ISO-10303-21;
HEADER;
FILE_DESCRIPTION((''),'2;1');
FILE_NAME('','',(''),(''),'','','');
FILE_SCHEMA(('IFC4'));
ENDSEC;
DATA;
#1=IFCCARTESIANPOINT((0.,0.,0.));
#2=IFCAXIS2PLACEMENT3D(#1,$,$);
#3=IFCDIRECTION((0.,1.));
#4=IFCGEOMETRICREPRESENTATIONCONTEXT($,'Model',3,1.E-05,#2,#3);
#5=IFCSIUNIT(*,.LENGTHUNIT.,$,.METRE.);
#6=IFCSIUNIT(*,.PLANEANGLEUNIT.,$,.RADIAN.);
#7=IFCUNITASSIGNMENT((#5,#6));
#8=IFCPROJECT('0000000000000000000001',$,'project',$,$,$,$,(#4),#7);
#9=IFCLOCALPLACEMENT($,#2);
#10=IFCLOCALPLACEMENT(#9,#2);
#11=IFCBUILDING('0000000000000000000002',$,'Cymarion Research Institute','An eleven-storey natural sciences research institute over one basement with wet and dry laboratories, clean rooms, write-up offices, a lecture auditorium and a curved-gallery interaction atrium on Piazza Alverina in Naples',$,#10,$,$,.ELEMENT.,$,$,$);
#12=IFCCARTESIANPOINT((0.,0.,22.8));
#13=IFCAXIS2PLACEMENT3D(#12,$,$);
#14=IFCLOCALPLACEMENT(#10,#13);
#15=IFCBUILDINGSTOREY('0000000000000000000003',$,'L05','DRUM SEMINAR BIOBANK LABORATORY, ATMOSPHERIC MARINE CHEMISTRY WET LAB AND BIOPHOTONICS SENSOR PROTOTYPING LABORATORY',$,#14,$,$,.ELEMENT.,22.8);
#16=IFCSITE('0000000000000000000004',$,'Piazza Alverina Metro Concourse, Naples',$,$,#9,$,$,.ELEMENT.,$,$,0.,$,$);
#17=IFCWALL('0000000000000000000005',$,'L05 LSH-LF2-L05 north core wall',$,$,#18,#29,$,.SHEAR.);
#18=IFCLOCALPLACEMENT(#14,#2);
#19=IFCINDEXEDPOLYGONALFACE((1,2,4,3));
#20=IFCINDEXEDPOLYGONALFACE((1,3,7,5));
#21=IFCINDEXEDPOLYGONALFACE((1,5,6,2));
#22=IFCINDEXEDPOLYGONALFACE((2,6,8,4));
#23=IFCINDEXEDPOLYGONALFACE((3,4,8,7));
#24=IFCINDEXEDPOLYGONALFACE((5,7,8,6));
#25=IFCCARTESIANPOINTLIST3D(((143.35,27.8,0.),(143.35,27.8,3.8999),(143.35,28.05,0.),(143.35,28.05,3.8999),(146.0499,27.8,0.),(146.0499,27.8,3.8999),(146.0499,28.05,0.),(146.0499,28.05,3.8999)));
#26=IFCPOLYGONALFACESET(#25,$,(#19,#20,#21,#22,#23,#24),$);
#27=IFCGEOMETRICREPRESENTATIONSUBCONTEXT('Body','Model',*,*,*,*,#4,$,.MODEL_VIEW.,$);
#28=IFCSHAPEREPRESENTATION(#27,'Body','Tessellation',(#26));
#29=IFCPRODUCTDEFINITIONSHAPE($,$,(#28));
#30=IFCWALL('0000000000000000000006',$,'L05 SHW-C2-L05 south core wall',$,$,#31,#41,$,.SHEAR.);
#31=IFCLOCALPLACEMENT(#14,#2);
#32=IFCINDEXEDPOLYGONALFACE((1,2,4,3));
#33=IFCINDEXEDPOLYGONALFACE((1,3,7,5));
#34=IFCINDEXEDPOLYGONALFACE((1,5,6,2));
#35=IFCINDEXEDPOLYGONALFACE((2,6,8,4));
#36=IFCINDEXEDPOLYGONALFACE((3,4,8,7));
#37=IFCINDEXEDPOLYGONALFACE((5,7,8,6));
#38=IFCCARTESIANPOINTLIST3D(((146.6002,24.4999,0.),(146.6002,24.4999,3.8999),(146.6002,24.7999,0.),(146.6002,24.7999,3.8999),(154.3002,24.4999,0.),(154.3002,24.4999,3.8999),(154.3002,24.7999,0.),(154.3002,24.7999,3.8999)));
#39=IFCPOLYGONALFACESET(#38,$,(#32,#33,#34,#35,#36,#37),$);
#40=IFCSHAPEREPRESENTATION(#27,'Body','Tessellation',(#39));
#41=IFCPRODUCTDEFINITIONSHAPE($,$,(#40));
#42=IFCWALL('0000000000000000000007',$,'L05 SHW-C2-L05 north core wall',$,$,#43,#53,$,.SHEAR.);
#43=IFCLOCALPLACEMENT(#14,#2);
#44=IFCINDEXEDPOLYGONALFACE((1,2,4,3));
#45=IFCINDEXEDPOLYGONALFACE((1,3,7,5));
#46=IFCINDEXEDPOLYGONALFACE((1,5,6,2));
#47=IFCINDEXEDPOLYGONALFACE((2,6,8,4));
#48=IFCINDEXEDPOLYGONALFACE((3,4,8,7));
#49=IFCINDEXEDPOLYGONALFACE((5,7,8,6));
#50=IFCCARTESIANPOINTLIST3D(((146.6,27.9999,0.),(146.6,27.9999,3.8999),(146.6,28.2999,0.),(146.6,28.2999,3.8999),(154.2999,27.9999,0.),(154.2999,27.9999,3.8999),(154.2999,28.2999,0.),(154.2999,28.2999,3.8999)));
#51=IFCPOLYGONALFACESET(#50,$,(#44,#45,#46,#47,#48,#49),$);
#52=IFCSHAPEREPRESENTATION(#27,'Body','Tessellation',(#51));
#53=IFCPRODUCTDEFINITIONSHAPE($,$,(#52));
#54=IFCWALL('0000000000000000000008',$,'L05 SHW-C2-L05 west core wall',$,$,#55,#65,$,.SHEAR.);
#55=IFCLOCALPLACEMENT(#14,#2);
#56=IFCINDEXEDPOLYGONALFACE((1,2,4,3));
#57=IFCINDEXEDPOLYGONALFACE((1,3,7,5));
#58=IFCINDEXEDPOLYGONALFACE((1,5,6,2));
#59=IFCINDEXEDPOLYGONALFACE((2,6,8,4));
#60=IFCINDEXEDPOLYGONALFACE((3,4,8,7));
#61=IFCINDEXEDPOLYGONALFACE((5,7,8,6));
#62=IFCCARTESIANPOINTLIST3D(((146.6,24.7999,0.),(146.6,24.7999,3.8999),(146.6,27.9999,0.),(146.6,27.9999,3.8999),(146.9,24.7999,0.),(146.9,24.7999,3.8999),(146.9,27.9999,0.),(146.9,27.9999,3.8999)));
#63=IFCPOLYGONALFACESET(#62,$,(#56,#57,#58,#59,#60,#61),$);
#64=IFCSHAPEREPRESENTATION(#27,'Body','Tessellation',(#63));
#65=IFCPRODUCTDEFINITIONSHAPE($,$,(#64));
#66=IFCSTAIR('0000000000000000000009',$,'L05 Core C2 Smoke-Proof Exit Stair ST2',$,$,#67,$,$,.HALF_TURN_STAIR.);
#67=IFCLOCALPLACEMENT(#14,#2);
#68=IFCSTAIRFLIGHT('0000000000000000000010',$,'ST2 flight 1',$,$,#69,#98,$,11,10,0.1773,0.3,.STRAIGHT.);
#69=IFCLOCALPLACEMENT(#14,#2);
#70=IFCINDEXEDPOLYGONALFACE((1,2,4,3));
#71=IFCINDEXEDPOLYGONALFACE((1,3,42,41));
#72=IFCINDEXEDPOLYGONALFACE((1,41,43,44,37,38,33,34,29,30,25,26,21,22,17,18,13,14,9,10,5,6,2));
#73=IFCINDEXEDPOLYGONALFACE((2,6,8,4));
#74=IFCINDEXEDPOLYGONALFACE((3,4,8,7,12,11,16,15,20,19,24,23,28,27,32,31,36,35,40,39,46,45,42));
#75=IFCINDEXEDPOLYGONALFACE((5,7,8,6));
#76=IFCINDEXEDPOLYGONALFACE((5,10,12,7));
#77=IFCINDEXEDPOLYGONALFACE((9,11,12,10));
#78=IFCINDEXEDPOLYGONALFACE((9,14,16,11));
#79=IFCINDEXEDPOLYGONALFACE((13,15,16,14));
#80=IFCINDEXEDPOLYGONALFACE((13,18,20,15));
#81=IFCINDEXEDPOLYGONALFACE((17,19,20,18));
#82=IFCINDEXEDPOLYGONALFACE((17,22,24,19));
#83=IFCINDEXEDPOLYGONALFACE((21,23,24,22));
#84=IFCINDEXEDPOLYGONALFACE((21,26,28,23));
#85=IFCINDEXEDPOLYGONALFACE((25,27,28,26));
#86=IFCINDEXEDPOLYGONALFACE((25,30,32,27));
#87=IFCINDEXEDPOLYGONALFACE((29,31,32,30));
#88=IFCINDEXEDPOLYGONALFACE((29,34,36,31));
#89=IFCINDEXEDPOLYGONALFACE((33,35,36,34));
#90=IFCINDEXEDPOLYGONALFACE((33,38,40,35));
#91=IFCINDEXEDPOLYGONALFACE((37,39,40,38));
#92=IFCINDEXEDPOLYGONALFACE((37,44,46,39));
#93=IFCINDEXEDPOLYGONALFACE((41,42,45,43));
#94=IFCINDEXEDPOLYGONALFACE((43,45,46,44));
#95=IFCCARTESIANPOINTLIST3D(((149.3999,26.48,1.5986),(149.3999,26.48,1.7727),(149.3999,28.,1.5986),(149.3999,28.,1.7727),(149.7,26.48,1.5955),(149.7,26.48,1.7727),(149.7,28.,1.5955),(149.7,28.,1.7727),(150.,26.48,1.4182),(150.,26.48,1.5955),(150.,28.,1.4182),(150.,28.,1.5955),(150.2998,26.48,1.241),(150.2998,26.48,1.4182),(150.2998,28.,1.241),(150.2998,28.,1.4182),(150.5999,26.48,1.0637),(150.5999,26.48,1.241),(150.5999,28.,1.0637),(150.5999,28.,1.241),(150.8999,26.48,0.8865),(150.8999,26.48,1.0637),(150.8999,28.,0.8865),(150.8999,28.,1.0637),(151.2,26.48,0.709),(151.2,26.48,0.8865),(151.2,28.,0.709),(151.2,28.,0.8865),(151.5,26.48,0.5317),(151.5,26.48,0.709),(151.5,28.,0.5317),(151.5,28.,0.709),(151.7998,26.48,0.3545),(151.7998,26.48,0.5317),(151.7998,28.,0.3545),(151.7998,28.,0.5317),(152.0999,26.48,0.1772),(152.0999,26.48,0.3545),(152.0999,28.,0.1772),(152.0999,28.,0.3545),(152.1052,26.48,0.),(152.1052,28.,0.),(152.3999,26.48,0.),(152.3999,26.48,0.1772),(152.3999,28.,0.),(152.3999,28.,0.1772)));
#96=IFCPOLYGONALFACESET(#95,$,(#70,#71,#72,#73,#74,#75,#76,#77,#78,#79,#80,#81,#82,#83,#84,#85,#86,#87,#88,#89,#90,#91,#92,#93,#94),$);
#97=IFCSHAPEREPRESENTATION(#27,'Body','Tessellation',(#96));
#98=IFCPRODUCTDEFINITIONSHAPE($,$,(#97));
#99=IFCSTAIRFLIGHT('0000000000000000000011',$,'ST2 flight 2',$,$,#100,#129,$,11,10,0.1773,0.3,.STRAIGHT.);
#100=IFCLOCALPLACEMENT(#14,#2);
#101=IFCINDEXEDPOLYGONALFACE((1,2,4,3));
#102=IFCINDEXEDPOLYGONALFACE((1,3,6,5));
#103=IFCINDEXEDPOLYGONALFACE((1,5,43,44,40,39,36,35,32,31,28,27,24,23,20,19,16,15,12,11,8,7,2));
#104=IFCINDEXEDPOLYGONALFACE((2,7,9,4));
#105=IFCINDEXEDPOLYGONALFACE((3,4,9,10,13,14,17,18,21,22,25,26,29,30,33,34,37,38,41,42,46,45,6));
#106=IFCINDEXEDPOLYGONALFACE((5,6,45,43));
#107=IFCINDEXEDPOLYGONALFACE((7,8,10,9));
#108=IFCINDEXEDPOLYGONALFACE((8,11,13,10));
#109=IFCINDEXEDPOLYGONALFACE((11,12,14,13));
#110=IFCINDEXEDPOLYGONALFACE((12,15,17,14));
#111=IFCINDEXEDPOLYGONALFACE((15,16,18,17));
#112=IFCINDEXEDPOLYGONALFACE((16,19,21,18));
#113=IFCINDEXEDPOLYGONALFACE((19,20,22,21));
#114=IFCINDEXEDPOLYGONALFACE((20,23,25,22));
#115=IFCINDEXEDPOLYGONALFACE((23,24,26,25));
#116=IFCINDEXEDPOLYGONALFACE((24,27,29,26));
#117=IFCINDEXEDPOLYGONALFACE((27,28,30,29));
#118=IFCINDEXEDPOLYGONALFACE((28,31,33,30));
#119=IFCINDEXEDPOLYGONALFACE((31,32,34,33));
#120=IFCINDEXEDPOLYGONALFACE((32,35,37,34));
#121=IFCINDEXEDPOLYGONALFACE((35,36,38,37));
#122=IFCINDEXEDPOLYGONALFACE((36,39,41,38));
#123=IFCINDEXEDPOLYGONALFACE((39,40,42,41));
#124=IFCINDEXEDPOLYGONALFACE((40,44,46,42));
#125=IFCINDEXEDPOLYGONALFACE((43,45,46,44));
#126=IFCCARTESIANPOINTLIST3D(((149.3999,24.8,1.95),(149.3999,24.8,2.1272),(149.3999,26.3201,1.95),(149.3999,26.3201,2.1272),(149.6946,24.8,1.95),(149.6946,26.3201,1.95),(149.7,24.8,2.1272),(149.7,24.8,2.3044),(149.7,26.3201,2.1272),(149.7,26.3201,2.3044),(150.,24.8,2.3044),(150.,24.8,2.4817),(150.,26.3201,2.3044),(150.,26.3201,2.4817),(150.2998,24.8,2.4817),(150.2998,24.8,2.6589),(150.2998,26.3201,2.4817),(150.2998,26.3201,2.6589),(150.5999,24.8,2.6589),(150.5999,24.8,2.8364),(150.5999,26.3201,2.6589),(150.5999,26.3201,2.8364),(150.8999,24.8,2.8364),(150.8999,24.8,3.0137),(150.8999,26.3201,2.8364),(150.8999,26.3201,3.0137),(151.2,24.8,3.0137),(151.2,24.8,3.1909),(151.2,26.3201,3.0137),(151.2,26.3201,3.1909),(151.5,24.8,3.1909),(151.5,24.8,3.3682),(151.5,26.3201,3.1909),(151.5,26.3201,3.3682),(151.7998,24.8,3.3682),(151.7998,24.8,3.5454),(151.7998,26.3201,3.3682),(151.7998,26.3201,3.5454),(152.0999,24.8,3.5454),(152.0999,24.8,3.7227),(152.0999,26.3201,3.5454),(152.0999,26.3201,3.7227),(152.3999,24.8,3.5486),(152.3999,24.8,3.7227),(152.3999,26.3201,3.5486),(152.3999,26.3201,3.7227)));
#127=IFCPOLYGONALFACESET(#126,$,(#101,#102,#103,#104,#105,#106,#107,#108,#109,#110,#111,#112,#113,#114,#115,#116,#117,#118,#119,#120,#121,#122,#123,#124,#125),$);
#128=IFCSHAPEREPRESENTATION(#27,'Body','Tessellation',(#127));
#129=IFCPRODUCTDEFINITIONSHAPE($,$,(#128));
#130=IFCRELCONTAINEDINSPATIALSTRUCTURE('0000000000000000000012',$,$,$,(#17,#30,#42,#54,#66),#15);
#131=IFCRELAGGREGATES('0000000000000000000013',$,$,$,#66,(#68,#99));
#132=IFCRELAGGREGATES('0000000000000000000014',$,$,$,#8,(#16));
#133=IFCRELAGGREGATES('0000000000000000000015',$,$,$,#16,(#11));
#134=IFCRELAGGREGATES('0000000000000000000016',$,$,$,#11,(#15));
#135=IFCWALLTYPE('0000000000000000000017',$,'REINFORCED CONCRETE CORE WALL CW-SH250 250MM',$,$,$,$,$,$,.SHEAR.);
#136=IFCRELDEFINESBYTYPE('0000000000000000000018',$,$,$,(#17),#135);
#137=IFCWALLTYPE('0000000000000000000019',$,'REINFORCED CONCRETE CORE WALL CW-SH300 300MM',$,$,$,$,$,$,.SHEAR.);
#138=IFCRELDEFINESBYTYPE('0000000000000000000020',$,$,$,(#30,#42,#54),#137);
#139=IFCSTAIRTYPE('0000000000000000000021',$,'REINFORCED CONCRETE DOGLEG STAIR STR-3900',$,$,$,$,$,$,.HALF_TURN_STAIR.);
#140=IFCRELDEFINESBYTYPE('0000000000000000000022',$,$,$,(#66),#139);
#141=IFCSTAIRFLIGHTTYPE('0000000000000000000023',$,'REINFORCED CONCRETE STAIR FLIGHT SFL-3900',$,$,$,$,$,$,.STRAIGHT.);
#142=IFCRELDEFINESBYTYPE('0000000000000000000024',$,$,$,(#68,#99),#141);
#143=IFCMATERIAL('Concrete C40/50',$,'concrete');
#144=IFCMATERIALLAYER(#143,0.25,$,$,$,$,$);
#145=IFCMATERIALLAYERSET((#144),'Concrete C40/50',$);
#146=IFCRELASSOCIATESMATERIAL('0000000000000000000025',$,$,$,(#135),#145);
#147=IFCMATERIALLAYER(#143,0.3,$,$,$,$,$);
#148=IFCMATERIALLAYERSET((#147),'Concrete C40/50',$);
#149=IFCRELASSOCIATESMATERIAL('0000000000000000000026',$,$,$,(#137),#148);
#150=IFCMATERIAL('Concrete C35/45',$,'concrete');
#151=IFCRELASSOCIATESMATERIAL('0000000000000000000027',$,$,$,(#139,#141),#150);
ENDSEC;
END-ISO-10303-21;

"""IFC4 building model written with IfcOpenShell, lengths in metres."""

from ifc_helpers import new_model, si_unit, direction, frame, frame_2d, origin, place, context, subcontext, project, spatial, polyline, rectangle, outline, extrude, material, layer, layer_set, type_object, element, aggregate, save


model = new_model("IFC4")

# Units and contexts
model_context = context("Model", 3, precision=1e-05, world=origin(), true_north=direction((0.0, 1.0)))
body_context = subcontext(model_context, "Body", "Model", "MODEL_VIEW")
ifc_project = project(units=[si_unit("LENGTHUNIT", "METRE"), si_unit("PLANEANGLEUNIT", "RADIAN")], contexts=[model_context])

# Site, building, storey
site_placement = place(None, origin())
site = spatial("IfcSite", under=ifc_project, at=site_placement, Name="Piazza Alverina Metro Concourse, Naples", CompositionType="ELEMENT", RefElevation=0.0)
building_placement = place(site_placement, origin())
building = spatial("IfcBuilding", under=site, at=building_placement, Name="Cymarion Research Institute", Description="An eleven-storey natural sciences research institute over one basement with wet and dry laboratories, clean rooms, write-up offices, a lecture auditorium and a curved-gallery interaction atrium on Piazza Alverina in Naples", CompositionType="ELEMENT")
storey_placement = place(building_placement, frame((0.0, 0.0, 22.8)))
storey = spatial("IfcBuildingStorey", under=building, at=storey_placement, Name="L05", Description="DRUM SEMINAR BIOBANK LABORATORY, ATMOSPHERIC MARINE CHEMISTRY WET LAB AND BIOPHOTONICS SENSOR PROTOTYPING LABORATORY", CompositionType="ELEMENT", Elevation=22.8)

# Shared definitions
ifc_material_1 = material(Name="Concrete C40/50", Category="concrete")

# Walls
ifc_layer_1 = layer(ifc_material_1, 0.25)
ifc_layer_set_1 = layer_set([ifc_layer_1], Name="Concrete C40/50")
wall_type_1 = type_object("IfcWallType", Name="REINFORCED CONCRETE CORE WALL CW-SH250 250MM", PredefinedType="SHEAR", material=ifc_layer_set_1)
wall_1_placement = place(storey_placement, frame((146.05, 27.925, 0.0), z_axis=(0.0, 0.0, 1.0), x_axis=(-1.0, 0.0, 0.0)))
element("IfcWall", 1, at=wall_1_placement, inside=storey, type_object=wall_type_1, Name="L05 LSH-LF2-L05 north core wall", PredefinedType="SHEAR", context=body_context, shape_type="SweptSolid", body=[
    extrude(rectangle(XDim=2.7, YDim=0.25, at=frame_2d((1.3501, 0.0))), origin(), (0.0, 0.0, 1.0), 3.8999),
])
ifc_layer_2 = layer(ifc_material_1, 0.3)
ifc_layer_set_2 = layer_set([ifc_layer_2], Name="Concrete C40/50")
wall_type_2 = type_object("IfcWallType", Name="REINFORCED CONCRETE CORE WALL CW-SH300 300MM", PredefinedType="SHEAR", material=ifc_layer_set_2)
for number, where, z_axis, x_axis, name in (
    (2, (146.6001, 24.6499, 0.0), (0.0, 0.0, 1.0), (1.0, 0.0, 0.0), "L05 SHW-C2-L05 south core wall"),
    (3, (154.3, 28.1499, 0.0), (0.0, 0.0, 1.0), (-1.0, 0.0, 0.0), "L05 SHW-C2-L05 north core wall"),
):
    element("IfcWall", number, at=place(storey_placement, frame(where, z_axis=z_axis, x_axis=x_axis)), inside=storey, type_object=wall_type_2, Name=name, PredefinedType="SHEAR", context=body_context, shape_type="SweptSolid", body=[
        extrude(rectangle(XDim=7.7, YDim=0.3, at=frame_2d((3.8501, 0.0))), origin(), (0.0, 0.0, 1.0), 3.8999),
    ])
wall_2_placement = place(storey_placement, frame((146.75, 28.0, 0.0), z_axis=(0.0, 0.0, 1.0), x_axis=(0.0, -1.0, 0.0)))
element("IfcWall", 4, at=wall_2_placement, inside=storey, type_object=wall_type_2, Name="L05 SHW-C2-L05 west core wall", PredefinedType="SHEAR", context=body_context, shape_type="SweptSolid", body=[
    extrude(rectangle(XDim=3.2, YDim=0.3, at=frame_2d((1.6001, 0.0))), origin(), (0.0, 0.0, 1.0), 3.8999),
])

# Stair, stair flights
ifc_material_2 = material(Name="Concrete C35/45", Category="concrete")
stair_type = type_object("IfcStairType", Name="REINFORCED CONCRETE DOGLEG STAIR STR-3900", PredefinedType="HALF_TURN_STAIR", material=ifc_material_2)
stair_placement = place(storey_placement, origin())
stair = element("IfcStair", 5, at=stair_placement, inside=storey, type_object=stair_type, Name="L05 Core C2 Smoke-Proof Exit Stair ST2", PredefinedType="HALF_TURN_STAIR")
stair_flight_type = type_object("IfcStairFlightType", Name="REINFORCED CONCRETE STAIR FLIGHT SFL-3900", PredefinedType="STRAIGHT", material=ifc_material_2)
stair_flight_1_placement = place(storey_placement, frame((152.3999, 27.24, 0.0), z_axis=(0.0, 0.0, 1.0), x_axis=(-1.0, 0.0, 0.0)))
stair_flight_1 = element("IfcStairFlight", 6, at=stair_flight_1_placement, type_object=stair_flight_type, Name="ST2 flight 1", NumberOfRisers=11, NumberOfTreads=10, PredefinedType="STRAIGHT", RiserHeight=0.1773, TreadLength=0.3, context=body_context, shape_type="SweptSolid", body=[
    extrude(outline(polyline([(0.0, 0.0), (0.0, 0.1772), (0.3, 0.1772), (0.3, 0.3545), (0.6001, 0.3545), (0.6001, 0.5317), (0.8999, 0.5317), (0.8999, 0.709), (1.2, 0.709), (1.2, 0.8865), (1.5, 0.8865), (1.5, 1.0637), (1.8, 1.0637), (1.8, 1.241), (2.1001, 1.241), (2.1001, 1.4182), (2.3999, 1.4182), (2.3999, 1.5955), (2.7, 1.5955), (2.7, 1.7727), (3.0, 1.7727), (3.0, 1.95), (3.0, 1.5986), (0.2947, 0.0), (0.0, 0.0)])), frame((0.0, 0.76, 0.0), z_axis=(0.0, -1.0, 0.0), x_axis=(1.0, 0.0, 0.0)), (0.0, 0.0, 1.0), 1.52),
])
stair_flight_2_placement = place(storey_placement, frame((149.3999, 25.5601, 1.95), z_axis=(0.0, 0.0, 1.0), x_axis=(1.0, 0.0, 0.0)))
stair_flight_2 = element("IfcStairFlight", 7, at=stair_flight_2_placement, type_object=stair_flight_type, Name="ST2 flight 2", NumberOfRisers=11, NumberOfTreads=10, PredefinedType="STRAIGHT", RiserHeight=0.1773, TreadLength=0.3, context=body_context, shape_type="SweptSolid", body=[
    extrude(outline(polyline([(0.0, 0.0), (0.0, 0.1772), (0.3, 0.1772), (0.3, 0.3545), (0.6001, 0.3545), (0.6001, 0.5317), (0.8999, 0.5317), (0.8999, 0.709), (1.2, 0.709), (1.2, 0.8865), (1.5, 0.8865), (1.5, 1.0637), (1.8, 1.0637), (1.8, 1.241), (2.1001, 1.241), (2.1001, 1.4182), (2.3999, 1.4182), (2.3999, 1.5955), (2.7, 1.5955), (2.7, 1.7727), (3.0, 1.7727), (3.0, 1.95), (3.0, 1.5986), (0.2947, 0.0), (0.0, 0.0)])), frame((0.0, 0.76, 0.0), z_axis=(0.0, -1.0, 0.0), x_axis=(1.0, 0.0, 0.0)), (0.0, 0.0, 1.0), 1.52),
])
aggregate(stair, [stair_flight_1, stair_flight_2])

save(model, "model.ifc")
